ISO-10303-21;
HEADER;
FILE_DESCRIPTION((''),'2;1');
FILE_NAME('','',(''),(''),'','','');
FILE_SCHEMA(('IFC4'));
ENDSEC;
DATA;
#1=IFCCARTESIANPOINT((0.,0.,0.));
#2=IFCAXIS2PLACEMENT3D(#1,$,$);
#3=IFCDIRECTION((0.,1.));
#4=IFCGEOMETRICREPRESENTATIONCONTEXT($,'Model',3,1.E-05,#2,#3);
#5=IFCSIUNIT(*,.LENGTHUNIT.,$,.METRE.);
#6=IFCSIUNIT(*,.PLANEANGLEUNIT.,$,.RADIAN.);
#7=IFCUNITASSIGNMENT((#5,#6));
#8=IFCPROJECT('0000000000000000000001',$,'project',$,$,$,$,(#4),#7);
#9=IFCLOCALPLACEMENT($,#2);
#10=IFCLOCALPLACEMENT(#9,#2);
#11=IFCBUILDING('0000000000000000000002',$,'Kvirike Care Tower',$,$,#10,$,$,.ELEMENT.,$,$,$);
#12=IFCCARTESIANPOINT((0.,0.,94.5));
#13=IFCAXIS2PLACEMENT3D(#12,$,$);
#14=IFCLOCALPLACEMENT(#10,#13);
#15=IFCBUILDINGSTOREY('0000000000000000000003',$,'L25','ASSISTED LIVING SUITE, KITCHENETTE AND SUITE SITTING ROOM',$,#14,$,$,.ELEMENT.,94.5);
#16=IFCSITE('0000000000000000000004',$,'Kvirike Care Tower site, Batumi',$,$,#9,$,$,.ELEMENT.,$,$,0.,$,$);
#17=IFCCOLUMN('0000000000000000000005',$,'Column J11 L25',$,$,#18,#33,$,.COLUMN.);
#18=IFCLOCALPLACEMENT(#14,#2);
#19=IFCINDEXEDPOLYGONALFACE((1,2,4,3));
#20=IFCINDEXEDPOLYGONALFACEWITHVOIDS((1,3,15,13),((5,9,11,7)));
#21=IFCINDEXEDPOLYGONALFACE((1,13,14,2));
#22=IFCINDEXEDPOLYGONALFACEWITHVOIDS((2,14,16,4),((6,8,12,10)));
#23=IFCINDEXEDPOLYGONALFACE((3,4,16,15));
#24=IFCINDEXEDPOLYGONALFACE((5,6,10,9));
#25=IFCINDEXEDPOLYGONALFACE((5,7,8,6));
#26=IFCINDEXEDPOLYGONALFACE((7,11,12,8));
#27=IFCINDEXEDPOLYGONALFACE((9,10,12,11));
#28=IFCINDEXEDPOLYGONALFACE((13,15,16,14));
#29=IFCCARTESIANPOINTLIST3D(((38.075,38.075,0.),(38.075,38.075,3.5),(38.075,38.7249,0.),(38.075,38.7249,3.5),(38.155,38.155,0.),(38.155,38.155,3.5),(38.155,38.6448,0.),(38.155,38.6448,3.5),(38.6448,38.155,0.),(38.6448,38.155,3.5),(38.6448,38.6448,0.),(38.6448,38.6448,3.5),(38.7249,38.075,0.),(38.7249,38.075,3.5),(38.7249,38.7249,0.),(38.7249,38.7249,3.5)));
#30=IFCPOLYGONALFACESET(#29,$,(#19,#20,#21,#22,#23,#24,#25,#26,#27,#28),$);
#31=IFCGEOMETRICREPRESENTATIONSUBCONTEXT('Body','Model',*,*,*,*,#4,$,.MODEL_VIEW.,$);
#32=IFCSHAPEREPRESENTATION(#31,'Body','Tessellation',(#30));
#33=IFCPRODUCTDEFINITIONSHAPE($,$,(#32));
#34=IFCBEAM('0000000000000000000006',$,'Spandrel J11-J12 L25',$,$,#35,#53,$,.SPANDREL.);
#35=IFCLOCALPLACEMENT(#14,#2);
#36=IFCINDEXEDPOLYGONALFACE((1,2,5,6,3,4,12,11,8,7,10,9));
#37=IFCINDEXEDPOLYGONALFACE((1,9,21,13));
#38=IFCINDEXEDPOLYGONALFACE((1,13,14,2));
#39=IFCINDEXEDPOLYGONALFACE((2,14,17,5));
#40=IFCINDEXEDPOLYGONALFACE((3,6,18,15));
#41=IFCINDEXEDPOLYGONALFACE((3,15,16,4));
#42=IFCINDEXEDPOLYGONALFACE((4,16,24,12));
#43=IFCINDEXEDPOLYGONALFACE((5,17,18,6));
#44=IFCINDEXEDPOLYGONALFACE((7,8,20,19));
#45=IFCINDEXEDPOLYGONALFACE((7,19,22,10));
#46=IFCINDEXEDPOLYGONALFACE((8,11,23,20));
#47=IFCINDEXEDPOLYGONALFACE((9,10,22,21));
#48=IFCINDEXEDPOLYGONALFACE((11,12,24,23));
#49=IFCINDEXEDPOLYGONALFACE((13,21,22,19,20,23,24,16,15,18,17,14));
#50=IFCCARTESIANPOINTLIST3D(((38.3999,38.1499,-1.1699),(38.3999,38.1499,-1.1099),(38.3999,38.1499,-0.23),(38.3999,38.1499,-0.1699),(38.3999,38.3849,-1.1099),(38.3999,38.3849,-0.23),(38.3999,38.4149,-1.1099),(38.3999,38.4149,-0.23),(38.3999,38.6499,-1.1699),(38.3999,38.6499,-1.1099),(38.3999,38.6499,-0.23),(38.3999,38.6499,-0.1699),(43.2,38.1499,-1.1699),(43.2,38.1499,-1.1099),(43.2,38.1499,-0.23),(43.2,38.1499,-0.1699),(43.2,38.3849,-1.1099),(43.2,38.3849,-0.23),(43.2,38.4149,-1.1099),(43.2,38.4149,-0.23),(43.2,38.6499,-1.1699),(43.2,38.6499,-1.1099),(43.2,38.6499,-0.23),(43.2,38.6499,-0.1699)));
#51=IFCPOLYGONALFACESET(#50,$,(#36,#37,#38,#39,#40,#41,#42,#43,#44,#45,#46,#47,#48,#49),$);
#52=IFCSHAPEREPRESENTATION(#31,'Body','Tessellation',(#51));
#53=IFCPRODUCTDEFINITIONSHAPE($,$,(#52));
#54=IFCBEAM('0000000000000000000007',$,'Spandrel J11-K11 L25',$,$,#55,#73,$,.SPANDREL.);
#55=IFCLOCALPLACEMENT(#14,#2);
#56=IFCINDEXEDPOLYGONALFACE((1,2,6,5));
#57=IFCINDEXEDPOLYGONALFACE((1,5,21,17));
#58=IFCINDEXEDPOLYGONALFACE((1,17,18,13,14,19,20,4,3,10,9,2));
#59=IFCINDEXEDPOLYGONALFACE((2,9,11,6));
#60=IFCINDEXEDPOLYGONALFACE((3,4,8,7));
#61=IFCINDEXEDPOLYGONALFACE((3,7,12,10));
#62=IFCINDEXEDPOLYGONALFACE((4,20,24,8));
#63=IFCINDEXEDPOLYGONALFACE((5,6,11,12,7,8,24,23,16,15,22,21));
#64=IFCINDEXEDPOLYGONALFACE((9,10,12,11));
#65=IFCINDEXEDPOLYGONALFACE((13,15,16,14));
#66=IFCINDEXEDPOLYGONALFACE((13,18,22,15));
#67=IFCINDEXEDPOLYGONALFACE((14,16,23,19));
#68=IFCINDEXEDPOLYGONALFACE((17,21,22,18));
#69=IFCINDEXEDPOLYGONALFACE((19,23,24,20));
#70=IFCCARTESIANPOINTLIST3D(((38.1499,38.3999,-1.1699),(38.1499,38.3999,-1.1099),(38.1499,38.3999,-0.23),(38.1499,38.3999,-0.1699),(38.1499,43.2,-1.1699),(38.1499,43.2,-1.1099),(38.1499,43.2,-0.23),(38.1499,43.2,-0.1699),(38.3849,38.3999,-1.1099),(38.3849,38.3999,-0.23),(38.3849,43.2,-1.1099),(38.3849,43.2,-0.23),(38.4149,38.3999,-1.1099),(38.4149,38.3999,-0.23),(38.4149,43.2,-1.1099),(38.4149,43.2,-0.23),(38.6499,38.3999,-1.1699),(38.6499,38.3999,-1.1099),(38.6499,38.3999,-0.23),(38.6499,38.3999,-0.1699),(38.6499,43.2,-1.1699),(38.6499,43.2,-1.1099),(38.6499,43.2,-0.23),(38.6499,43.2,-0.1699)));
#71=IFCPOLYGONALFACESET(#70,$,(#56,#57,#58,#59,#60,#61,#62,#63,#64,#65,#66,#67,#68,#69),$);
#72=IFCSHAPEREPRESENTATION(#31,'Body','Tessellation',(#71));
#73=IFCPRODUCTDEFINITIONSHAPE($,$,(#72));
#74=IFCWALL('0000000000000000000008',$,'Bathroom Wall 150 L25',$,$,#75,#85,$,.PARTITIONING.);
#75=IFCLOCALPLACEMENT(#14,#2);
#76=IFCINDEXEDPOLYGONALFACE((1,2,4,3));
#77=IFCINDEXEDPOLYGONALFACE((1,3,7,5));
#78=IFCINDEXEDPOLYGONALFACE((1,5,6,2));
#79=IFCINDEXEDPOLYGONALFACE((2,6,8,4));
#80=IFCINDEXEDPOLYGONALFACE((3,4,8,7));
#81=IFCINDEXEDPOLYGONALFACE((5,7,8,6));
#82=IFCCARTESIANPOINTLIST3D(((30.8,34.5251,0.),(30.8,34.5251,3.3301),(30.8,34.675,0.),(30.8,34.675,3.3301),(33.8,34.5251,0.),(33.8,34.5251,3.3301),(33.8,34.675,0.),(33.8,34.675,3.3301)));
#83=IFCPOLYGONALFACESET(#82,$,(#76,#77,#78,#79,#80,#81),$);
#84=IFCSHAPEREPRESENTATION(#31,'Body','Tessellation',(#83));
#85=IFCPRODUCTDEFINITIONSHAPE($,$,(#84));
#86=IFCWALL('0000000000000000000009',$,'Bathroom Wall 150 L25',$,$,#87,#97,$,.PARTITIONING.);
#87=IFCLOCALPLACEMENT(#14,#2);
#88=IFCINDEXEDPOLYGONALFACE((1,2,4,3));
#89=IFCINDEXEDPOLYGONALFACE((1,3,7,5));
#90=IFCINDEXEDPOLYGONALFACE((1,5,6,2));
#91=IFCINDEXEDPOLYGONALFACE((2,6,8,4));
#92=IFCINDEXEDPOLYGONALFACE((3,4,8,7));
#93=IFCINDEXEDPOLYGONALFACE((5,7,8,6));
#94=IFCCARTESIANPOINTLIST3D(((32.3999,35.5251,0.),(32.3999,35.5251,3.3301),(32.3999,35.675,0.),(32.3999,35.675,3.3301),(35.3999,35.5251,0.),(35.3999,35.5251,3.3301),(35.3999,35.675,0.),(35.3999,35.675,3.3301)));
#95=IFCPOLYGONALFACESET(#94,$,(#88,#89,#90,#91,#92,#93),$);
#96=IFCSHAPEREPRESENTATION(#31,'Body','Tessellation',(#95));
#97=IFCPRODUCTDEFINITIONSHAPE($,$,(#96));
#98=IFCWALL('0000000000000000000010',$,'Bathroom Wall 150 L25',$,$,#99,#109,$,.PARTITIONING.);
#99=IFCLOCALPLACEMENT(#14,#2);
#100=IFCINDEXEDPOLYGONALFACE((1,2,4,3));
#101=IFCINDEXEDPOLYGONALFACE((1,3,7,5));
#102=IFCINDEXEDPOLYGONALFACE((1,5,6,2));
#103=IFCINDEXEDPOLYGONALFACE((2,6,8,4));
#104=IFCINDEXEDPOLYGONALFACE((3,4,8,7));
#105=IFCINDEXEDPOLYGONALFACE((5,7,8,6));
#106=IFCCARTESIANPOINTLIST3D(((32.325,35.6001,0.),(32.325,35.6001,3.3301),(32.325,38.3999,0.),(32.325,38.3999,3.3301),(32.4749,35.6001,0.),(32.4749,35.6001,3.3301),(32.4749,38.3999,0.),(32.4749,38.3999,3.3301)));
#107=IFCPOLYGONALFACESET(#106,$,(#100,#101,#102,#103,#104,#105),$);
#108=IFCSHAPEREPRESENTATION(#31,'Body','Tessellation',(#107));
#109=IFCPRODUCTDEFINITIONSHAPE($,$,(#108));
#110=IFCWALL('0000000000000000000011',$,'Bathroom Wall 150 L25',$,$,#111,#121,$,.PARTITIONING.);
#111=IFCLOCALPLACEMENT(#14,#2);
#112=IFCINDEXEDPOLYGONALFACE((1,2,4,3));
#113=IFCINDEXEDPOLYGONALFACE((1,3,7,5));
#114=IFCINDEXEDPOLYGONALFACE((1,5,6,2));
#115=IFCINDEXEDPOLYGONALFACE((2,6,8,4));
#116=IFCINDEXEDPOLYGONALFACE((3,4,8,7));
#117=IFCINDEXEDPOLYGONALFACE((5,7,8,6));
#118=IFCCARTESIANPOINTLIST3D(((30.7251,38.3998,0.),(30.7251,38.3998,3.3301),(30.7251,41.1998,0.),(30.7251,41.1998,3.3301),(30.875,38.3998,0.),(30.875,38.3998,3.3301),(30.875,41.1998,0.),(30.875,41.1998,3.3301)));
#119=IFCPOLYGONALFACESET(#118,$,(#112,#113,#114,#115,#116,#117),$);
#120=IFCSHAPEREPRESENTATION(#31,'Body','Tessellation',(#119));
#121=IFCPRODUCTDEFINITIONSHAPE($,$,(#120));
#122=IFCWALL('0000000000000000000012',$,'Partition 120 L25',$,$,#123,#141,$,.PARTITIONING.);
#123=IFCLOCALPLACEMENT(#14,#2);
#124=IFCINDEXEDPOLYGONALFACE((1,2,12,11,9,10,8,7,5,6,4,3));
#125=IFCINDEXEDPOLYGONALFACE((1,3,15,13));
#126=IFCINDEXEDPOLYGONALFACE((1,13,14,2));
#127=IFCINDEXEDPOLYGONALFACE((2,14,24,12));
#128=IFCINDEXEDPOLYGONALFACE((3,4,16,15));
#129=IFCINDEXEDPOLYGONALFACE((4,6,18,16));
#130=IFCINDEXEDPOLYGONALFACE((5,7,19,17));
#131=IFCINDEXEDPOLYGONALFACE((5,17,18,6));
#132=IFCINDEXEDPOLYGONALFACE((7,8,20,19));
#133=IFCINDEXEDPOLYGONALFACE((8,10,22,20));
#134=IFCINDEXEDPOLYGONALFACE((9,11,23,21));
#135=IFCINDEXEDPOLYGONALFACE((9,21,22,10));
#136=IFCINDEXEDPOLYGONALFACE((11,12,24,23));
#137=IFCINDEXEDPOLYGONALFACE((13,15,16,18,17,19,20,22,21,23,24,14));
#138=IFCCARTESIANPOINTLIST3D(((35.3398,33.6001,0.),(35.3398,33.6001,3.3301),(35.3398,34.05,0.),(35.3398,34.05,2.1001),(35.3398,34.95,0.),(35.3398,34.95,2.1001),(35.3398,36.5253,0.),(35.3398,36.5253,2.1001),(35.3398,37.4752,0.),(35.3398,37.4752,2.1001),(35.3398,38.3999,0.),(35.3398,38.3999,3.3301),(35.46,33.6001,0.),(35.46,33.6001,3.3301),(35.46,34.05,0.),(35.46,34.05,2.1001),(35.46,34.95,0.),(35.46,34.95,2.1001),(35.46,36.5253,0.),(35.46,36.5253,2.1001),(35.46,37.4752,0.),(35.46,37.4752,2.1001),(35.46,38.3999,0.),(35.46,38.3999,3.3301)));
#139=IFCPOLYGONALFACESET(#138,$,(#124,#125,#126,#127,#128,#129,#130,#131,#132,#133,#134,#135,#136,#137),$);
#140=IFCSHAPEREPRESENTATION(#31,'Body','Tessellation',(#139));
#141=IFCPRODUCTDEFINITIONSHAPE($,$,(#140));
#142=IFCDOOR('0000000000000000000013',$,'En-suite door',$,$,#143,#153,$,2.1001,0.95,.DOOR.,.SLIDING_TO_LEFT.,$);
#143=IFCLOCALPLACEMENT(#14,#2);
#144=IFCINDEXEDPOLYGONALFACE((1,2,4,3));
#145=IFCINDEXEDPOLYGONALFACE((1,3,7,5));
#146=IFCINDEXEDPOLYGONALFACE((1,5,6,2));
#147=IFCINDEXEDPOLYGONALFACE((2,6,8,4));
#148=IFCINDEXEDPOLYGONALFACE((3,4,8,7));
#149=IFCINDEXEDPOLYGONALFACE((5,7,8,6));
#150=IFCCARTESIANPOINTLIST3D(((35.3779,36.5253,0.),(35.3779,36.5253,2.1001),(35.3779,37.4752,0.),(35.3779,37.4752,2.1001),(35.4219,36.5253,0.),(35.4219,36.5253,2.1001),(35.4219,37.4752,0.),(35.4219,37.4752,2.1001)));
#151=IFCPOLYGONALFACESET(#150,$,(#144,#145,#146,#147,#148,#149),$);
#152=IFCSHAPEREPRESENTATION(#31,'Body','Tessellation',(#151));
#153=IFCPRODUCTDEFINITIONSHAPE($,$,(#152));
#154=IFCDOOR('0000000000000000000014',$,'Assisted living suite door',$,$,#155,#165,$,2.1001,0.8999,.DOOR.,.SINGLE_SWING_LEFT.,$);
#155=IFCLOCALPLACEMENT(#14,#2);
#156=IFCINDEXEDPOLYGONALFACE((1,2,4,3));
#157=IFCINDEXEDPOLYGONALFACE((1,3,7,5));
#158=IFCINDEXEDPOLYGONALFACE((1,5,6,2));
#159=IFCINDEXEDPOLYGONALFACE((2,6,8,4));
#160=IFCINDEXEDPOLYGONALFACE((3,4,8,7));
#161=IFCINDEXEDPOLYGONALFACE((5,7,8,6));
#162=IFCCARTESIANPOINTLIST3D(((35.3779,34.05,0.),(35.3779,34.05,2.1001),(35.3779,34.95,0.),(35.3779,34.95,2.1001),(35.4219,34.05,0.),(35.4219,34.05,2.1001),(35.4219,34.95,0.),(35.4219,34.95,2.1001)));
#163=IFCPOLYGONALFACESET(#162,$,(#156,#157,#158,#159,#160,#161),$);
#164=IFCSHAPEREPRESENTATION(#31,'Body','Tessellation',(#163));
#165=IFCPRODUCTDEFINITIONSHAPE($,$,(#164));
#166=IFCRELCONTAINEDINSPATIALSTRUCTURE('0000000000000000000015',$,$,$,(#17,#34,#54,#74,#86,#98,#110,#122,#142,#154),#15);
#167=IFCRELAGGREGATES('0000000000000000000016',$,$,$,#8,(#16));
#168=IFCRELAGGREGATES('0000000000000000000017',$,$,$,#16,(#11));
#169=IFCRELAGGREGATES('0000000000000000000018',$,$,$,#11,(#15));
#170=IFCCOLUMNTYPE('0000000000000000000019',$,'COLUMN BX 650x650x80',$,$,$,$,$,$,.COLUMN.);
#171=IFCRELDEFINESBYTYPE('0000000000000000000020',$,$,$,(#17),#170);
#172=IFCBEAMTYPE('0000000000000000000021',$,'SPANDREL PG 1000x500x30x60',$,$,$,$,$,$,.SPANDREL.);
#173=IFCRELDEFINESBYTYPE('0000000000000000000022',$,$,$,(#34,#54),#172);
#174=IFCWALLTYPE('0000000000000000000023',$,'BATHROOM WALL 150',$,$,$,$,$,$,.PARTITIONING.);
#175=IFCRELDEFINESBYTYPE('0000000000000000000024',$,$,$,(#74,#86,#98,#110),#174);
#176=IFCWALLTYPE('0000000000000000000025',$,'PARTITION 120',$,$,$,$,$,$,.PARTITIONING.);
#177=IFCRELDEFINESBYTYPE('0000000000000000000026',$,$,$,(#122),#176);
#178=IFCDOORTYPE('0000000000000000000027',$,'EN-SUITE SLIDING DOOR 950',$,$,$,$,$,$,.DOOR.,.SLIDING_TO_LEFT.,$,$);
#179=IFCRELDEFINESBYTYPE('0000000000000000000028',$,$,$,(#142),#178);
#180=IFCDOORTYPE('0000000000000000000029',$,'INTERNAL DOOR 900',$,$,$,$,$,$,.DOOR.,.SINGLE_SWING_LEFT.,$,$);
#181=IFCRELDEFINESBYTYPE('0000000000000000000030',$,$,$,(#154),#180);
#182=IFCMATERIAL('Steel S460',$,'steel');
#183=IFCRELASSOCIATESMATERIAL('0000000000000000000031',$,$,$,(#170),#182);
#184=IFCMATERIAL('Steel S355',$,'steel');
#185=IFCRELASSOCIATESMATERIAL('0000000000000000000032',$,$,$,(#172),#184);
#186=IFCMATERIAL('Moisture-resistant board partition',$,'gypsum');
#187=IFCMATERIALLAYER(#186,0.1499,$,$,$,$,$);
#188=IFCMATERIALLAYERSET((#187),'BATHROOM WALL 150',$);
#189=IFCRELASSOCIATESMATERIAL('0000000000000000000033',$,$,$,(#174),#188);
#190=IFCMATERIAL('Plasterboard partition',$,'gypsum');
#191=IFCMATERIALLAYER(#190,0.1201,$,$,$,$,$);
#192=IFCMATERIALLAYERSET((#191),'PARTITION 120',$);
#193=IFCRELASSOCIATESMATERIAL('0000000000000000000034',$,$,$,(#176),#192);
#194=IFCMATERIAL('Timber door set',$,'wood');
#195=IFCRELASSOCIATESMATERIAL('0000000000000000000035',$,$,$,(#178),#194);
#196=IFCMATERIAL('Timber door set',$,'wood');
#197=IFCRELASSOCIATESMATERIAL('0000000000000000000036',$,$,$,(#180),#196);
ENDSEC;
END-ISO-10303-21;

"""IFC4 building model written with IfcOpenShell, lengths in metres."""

from ifc_helpers import new_model, si_unit, direction, frame, frame_2d, origin, origin_2d, place, context, subcontext, project, spatial, rectangle, hollow_rectangle, i_section, extrude, material, layer, layer_set, material_profile, profile_set, type_object, element, fill, save


model = new_model("IFC4")

# Units and contexts
model_context = context("Model", 3, precision=1e-05, world=origin(), true_north=direction((0.0, 1.0)))
body_context = subcontext(model_context, "Body", "Model", "MODEL_VIEW")
ifc_project = project(units=[si_unit("LENGTHUNIT", "METRE"), si_unit("PLANEANGLEUNIT", "RADIAN")], contexts=[model_context])

# Site, building, storey
site_placement = place(None, origin())
site = spatial("IfcSite", under=ifc_project, at=site_placement, Name="Kvirike Care Tower site, Batumi", CompositionType="ELEMENT", RefElevation=0.0)
building_placement = place(site_placement, origin())
building = spatial("IfcBuilding", under=site, at=building_placement, Name="Kvirike Care Tower", CompositionType="ELEMENT")
storey_placement = place(building_placement, frame((0.0, 0.0, 94.5)))
storey = spatial("IfcBuildingStorey", under=building, at=storey_placement, Name="L25", Description="ASSISTED LIVING SUITE, KITCHENETTE AND SUITE SITTING ROOM", CompositionType="ELEMENT", Elevation=94.5)

# Column
ifc_material_1 = material(Name="Steel S460", Category="steel")
ifc_material_profile_1 = material_profile(ifc_material_1, hollow_rectangle(XDim=0.6499, YDim=0.6499, WallThickness=0.0801, at=origin_2d()), Name="BX 650x650x80")
ifc_profile_set_1 = profile_set([ifc_material_profile_1], Name="Steel S460")
column_type = type_object("IfcColumnType", Name="COLUMN BX 650x650x80", PredefinedType="COLUMN", material=ifc_profile_set_1)
column_placement = place(storey_placement, frame((38.3999, 38.3999, 0.0), z_axis=(0.0, 0.0, 1.0), x_axis=(0.0, 1.0, 0.0)))
element("IfcColumn", 1, at=column_placement, inside=storey, type_object=column_type, Name="Column J11 L25", PredefinedType="COLUMN", context=body_context, shape_type="SweptSolid", body=[
    extrude(hollow_rectangle(XDim=0.6499, YDim=0.6499, WallThickness=0.0801, at=origin_2d()), origin(), (0.0, 0.0, 1.0), 3.5),
])

# Beams
ifc_material_2 = material(Name="Steel S355", Category="steel")
ifc_material_profile_2 = material_profile(ifc_material_2, i_section(OverallWidth=0.5, OverallDepth=1.0, WebThickness=0.03, FlangeThickness=0.0601, at=origin_2d()), Name="PG 1000x500x30x60")
ifc_profile_set_2 = profile_set([ifc_material_profile_2], Name="Steel S355")
beam_type = type_object("IfcBeamType", Name="SPANDREL PG 1000x500x30x60", PredefinedType="SPANDREL", material=ifc_profile_set_2)
for number, where, z_axis, x_axis, name in (
    (2, (38.3999, 38.3999, -0.6699), (1.0, 0.0, 0.0), (0.0, 1.0, 0.0), "Spandrel J11-J12 L25"),
    (3, (38.3999, 38.3999, -0.6699), (0.0, 1.0, 0.0), (-1.0, 0.0, 0.0), "Spandrel J11-K11 L25"),
):
    element("IfcBeam", number, at=place(storey_placement, frame(where, z_axis=z_axis, x_axis=x_axis)), inside=storey, type_object=beam_type, Name=name, PredefinedType="SPANDREL", context=body_context, shape_type="SweptSolid", body=[
        extrude(i_section(OverallWidth=0.5, OverallDepth=1.0, WebThickness=0.03, FlangeThickness=0.0601, at=origin_2d()), origin(), (0.0, 0.0, 1.0), 4.8),
    ])

# Walls
ifc_material_3 = material(Name="Moisture-resistant board partition", Category="gypsum")
ifc_layer_1 = layer(ifc_material_3, 0.1499)
ifc_layer_set_1 = layer_set([ifc_layer_1], Name="BATHROOM WALL 150")
wall_type_1 = type_object("IfcWallType", Name="BATHROOM WALL 150", PredefinedType="PARTITIONING", material=ifc_layer_set_1)
for number, where, z_axis, x_axis, name in (
    (4, (33.8, 34.6001, 0.0), (0.0, 0.0, 1.0), (-1.0, 0.0, 0.0), "Bathroom Wall 150 L25"),
    (5, (35.3999, 35.6001, 0.0), (0.0, 0.0, 1.0), (-1.0, 0.0, 0.0), "Bathroom Wall 150 L25"),
):
    element("IfcWall", number, at=place(storey_placement, frame(where, z_axis=z_axis, x_axis=x_axis)), inside=storey, type_object=wall_type_1, Name=name, PredefinedType="PARTITIONING", context=body_context, shape_type="SweptSolid", body=[
        extrude(rectangle(XDim=3.0, YDim=0.1499, at=frame_2d((1.5, 0.0))), origin(), (0.0, 0.0, 1.0), 3.3301),
    ])
wall_1_placement = place(storey_placement, frame((32.3999, 35.6001, 0.0), z_axis=(0.0, 0.0, 1.0), x_axis=(0.0, 1.0, 0.0)))
element("IfcWall", 6, at=wall_1_placement, inside=storey, type_object=wall_type_1, Name="Bathroom Wall 150 L25", PredefinedType="PARTITIONING", context=body_context, shape_type="SweptSolid", body=[
    extrude(rectangle(XDim=2.7998, YDim=0.1499, at=frame_2d((1.3999, 0.0))), origin(), (0.0, 0.0, 1.0), 3.3301),
])
wall_2_placement = place(storey_placement, frame((30.8, 38.3999, 0.0), z_axis=(0.0, 0.0, 1.0), x_axis=(0.0, 1.0, 0.0)))
element("IfcWall", 7, at=wall_2_placement, inside=storey, type_object=wall_type_1, Name="Bathroom Wall 150 L25", PredefinedType="PARTITIONING", context=body_context, shape_type="SweptSolid", body=[
    extrude(rectangle(XDim=2.8, YDim=0.1499, at=frame_2d((1.3999, 0.0))), origin(), (0.0, 0.0, 1.0), 3.3301),
])

# Wall, openings, doors
ifc_material_4 = material(Name="Plasterboard partition", Category="gypsum")
ifc_layer_2 = layer(ifc_material_4, 0.1201)
ifc_layer_set_2 = layer_set([ifc_layer_2], Name="PARTITION 120")
wall_type_2 = type_object("IfcWallType", Name="PARTITION 120", PredefinedType="PARTITIONING", material=ifc_layer_set_2)
wall_3_placement = place(storey_placement, frame((35.3999, 33.6001, 0.0), z_axis=(0.0, 0.0, 1.0), x_axis=(0.0, 1.0, 0.0)))
wall_3 = element("IfcWall", 8, at=wall_3_placement, inside=storey, type_object=wall_type_2, Name="Partition 120 L25", PredefinedType="PARTITIONING", context=body_context, shape_type="SweptSolid", body=[
    extrude(rectangle(XDim=4.7998, YDim=0.1201, at=frame_2d((2.3999, 0.0))), origin(), (0.0, 0.0, 1.0), 3.3301),
])
opening_1_placement = place(wall_3_placement, frame((0.45, 0.0, 0.0)))
opening_1 = element("IfcOpeningElement", 9, at=opening_1_placement, cuts=wall_3, PredefinedType="OPENING", context=body_context, shape_type="SweptSolid", body=[
    extrude(rectangle(XDim=0.8999, YDim=2.1001, at=frame_2d((0.45, 1.05))), frame((0.0, 0.0706, 0.0), z_axis=(0.0, -1.0, 0.0), x_axis=(1.0, 0.0, 0.0)), (0.0, 0.0, 1.0), 0.1411),
])
opening_2_placement = place(wall_3_placement, frame((2.925, 0.0, 0.0)))
opening_2 = element("IfcOpeningElement", 10, at=opening_2_placement, cuts=wall_3, PredefinedType="OPENING", context=body_context, shape_type="SweptSolid", body=[
    extrude(rectangle(XDim=0.95, YDim=2.1001, at=frame_2d((0.4751, 1.05))), frame((0.0, 0.0706, 0.0), z_axis=(0.0, -1.0, 0.0), x_axis=(1.0, 0.0, 0.0)), (0.0, 0.0, 1.0), 0.1411),
])
ifc_material_5 = material(Name="Timber door set", Category="wood")
door_type_1 = type_object("IfcDoorType", Name="EN-SUITE SLIDING DOOR 950", OperationType="SLIDING_TO_LEFT", PredefinedType="DOOR", material=ifc_material_5)
door_1_placement = place(opening_2_placement, origin())
door_1 = element("IfcDoor", 11, at=door_1_placement, inside=storey, type_object=door_type_1, Name="En-suite door", OperationType="SLIDING_TO_LEFT", OverallHeight=2.1001, OverallWidth=0.95, PredefinedType="DOOR", context=body_context, shape_type="SweptSolid", body=[
    extrude(rectangle(XDim=0.95, YDim=2.1001, at=frame_2d((0.4751, 1.05))), frame((0.0, 0.022, 0.0), z_axis=(0.0, -1.0, 0.0), x_axis=(1.0, 0.0, 0.0)), (0.0, 0.0, 1.0), 0.0439),
])
fill(opening_2, door_1)
ifc_material_6 = material(Name="Timber door set", Category="wood")
door_type_2 = type_object("IfcDoorType", Name="INTERNAL DOOR 900", OperationType="SINGLE_SWING_LEFT", PredefinedType="DOOR", material=ifc_material_6)
door_2_placement = place(opening_1_placement, origin())
door_2 = element("IfcDoor", 12, at=door_2_placement, inside=storey, type_object=door_type_2, Name="Assisted living suite door", OperationType="SINGLE_SWING_LEFT", OverallHeight=2.1001, OverallWidth=0.8999, PredefinedType="DOOR", context=body_context, shape_type="SweptSolid", body=[
    extrude(rectangle(XDim=0.8999, YDim=2.1001, at=frame_2d((0.45, 1.05))), frame((0.0, 0.022, 0.0), z_axis=(0.0, -1.0, 0.0), x_axis=(1.0, 0.0, 0.0)), (0.0, 0.0, 1.0), 0.0439),
])
fill(opening_1, door_2)

save(model, "model.ifc")
